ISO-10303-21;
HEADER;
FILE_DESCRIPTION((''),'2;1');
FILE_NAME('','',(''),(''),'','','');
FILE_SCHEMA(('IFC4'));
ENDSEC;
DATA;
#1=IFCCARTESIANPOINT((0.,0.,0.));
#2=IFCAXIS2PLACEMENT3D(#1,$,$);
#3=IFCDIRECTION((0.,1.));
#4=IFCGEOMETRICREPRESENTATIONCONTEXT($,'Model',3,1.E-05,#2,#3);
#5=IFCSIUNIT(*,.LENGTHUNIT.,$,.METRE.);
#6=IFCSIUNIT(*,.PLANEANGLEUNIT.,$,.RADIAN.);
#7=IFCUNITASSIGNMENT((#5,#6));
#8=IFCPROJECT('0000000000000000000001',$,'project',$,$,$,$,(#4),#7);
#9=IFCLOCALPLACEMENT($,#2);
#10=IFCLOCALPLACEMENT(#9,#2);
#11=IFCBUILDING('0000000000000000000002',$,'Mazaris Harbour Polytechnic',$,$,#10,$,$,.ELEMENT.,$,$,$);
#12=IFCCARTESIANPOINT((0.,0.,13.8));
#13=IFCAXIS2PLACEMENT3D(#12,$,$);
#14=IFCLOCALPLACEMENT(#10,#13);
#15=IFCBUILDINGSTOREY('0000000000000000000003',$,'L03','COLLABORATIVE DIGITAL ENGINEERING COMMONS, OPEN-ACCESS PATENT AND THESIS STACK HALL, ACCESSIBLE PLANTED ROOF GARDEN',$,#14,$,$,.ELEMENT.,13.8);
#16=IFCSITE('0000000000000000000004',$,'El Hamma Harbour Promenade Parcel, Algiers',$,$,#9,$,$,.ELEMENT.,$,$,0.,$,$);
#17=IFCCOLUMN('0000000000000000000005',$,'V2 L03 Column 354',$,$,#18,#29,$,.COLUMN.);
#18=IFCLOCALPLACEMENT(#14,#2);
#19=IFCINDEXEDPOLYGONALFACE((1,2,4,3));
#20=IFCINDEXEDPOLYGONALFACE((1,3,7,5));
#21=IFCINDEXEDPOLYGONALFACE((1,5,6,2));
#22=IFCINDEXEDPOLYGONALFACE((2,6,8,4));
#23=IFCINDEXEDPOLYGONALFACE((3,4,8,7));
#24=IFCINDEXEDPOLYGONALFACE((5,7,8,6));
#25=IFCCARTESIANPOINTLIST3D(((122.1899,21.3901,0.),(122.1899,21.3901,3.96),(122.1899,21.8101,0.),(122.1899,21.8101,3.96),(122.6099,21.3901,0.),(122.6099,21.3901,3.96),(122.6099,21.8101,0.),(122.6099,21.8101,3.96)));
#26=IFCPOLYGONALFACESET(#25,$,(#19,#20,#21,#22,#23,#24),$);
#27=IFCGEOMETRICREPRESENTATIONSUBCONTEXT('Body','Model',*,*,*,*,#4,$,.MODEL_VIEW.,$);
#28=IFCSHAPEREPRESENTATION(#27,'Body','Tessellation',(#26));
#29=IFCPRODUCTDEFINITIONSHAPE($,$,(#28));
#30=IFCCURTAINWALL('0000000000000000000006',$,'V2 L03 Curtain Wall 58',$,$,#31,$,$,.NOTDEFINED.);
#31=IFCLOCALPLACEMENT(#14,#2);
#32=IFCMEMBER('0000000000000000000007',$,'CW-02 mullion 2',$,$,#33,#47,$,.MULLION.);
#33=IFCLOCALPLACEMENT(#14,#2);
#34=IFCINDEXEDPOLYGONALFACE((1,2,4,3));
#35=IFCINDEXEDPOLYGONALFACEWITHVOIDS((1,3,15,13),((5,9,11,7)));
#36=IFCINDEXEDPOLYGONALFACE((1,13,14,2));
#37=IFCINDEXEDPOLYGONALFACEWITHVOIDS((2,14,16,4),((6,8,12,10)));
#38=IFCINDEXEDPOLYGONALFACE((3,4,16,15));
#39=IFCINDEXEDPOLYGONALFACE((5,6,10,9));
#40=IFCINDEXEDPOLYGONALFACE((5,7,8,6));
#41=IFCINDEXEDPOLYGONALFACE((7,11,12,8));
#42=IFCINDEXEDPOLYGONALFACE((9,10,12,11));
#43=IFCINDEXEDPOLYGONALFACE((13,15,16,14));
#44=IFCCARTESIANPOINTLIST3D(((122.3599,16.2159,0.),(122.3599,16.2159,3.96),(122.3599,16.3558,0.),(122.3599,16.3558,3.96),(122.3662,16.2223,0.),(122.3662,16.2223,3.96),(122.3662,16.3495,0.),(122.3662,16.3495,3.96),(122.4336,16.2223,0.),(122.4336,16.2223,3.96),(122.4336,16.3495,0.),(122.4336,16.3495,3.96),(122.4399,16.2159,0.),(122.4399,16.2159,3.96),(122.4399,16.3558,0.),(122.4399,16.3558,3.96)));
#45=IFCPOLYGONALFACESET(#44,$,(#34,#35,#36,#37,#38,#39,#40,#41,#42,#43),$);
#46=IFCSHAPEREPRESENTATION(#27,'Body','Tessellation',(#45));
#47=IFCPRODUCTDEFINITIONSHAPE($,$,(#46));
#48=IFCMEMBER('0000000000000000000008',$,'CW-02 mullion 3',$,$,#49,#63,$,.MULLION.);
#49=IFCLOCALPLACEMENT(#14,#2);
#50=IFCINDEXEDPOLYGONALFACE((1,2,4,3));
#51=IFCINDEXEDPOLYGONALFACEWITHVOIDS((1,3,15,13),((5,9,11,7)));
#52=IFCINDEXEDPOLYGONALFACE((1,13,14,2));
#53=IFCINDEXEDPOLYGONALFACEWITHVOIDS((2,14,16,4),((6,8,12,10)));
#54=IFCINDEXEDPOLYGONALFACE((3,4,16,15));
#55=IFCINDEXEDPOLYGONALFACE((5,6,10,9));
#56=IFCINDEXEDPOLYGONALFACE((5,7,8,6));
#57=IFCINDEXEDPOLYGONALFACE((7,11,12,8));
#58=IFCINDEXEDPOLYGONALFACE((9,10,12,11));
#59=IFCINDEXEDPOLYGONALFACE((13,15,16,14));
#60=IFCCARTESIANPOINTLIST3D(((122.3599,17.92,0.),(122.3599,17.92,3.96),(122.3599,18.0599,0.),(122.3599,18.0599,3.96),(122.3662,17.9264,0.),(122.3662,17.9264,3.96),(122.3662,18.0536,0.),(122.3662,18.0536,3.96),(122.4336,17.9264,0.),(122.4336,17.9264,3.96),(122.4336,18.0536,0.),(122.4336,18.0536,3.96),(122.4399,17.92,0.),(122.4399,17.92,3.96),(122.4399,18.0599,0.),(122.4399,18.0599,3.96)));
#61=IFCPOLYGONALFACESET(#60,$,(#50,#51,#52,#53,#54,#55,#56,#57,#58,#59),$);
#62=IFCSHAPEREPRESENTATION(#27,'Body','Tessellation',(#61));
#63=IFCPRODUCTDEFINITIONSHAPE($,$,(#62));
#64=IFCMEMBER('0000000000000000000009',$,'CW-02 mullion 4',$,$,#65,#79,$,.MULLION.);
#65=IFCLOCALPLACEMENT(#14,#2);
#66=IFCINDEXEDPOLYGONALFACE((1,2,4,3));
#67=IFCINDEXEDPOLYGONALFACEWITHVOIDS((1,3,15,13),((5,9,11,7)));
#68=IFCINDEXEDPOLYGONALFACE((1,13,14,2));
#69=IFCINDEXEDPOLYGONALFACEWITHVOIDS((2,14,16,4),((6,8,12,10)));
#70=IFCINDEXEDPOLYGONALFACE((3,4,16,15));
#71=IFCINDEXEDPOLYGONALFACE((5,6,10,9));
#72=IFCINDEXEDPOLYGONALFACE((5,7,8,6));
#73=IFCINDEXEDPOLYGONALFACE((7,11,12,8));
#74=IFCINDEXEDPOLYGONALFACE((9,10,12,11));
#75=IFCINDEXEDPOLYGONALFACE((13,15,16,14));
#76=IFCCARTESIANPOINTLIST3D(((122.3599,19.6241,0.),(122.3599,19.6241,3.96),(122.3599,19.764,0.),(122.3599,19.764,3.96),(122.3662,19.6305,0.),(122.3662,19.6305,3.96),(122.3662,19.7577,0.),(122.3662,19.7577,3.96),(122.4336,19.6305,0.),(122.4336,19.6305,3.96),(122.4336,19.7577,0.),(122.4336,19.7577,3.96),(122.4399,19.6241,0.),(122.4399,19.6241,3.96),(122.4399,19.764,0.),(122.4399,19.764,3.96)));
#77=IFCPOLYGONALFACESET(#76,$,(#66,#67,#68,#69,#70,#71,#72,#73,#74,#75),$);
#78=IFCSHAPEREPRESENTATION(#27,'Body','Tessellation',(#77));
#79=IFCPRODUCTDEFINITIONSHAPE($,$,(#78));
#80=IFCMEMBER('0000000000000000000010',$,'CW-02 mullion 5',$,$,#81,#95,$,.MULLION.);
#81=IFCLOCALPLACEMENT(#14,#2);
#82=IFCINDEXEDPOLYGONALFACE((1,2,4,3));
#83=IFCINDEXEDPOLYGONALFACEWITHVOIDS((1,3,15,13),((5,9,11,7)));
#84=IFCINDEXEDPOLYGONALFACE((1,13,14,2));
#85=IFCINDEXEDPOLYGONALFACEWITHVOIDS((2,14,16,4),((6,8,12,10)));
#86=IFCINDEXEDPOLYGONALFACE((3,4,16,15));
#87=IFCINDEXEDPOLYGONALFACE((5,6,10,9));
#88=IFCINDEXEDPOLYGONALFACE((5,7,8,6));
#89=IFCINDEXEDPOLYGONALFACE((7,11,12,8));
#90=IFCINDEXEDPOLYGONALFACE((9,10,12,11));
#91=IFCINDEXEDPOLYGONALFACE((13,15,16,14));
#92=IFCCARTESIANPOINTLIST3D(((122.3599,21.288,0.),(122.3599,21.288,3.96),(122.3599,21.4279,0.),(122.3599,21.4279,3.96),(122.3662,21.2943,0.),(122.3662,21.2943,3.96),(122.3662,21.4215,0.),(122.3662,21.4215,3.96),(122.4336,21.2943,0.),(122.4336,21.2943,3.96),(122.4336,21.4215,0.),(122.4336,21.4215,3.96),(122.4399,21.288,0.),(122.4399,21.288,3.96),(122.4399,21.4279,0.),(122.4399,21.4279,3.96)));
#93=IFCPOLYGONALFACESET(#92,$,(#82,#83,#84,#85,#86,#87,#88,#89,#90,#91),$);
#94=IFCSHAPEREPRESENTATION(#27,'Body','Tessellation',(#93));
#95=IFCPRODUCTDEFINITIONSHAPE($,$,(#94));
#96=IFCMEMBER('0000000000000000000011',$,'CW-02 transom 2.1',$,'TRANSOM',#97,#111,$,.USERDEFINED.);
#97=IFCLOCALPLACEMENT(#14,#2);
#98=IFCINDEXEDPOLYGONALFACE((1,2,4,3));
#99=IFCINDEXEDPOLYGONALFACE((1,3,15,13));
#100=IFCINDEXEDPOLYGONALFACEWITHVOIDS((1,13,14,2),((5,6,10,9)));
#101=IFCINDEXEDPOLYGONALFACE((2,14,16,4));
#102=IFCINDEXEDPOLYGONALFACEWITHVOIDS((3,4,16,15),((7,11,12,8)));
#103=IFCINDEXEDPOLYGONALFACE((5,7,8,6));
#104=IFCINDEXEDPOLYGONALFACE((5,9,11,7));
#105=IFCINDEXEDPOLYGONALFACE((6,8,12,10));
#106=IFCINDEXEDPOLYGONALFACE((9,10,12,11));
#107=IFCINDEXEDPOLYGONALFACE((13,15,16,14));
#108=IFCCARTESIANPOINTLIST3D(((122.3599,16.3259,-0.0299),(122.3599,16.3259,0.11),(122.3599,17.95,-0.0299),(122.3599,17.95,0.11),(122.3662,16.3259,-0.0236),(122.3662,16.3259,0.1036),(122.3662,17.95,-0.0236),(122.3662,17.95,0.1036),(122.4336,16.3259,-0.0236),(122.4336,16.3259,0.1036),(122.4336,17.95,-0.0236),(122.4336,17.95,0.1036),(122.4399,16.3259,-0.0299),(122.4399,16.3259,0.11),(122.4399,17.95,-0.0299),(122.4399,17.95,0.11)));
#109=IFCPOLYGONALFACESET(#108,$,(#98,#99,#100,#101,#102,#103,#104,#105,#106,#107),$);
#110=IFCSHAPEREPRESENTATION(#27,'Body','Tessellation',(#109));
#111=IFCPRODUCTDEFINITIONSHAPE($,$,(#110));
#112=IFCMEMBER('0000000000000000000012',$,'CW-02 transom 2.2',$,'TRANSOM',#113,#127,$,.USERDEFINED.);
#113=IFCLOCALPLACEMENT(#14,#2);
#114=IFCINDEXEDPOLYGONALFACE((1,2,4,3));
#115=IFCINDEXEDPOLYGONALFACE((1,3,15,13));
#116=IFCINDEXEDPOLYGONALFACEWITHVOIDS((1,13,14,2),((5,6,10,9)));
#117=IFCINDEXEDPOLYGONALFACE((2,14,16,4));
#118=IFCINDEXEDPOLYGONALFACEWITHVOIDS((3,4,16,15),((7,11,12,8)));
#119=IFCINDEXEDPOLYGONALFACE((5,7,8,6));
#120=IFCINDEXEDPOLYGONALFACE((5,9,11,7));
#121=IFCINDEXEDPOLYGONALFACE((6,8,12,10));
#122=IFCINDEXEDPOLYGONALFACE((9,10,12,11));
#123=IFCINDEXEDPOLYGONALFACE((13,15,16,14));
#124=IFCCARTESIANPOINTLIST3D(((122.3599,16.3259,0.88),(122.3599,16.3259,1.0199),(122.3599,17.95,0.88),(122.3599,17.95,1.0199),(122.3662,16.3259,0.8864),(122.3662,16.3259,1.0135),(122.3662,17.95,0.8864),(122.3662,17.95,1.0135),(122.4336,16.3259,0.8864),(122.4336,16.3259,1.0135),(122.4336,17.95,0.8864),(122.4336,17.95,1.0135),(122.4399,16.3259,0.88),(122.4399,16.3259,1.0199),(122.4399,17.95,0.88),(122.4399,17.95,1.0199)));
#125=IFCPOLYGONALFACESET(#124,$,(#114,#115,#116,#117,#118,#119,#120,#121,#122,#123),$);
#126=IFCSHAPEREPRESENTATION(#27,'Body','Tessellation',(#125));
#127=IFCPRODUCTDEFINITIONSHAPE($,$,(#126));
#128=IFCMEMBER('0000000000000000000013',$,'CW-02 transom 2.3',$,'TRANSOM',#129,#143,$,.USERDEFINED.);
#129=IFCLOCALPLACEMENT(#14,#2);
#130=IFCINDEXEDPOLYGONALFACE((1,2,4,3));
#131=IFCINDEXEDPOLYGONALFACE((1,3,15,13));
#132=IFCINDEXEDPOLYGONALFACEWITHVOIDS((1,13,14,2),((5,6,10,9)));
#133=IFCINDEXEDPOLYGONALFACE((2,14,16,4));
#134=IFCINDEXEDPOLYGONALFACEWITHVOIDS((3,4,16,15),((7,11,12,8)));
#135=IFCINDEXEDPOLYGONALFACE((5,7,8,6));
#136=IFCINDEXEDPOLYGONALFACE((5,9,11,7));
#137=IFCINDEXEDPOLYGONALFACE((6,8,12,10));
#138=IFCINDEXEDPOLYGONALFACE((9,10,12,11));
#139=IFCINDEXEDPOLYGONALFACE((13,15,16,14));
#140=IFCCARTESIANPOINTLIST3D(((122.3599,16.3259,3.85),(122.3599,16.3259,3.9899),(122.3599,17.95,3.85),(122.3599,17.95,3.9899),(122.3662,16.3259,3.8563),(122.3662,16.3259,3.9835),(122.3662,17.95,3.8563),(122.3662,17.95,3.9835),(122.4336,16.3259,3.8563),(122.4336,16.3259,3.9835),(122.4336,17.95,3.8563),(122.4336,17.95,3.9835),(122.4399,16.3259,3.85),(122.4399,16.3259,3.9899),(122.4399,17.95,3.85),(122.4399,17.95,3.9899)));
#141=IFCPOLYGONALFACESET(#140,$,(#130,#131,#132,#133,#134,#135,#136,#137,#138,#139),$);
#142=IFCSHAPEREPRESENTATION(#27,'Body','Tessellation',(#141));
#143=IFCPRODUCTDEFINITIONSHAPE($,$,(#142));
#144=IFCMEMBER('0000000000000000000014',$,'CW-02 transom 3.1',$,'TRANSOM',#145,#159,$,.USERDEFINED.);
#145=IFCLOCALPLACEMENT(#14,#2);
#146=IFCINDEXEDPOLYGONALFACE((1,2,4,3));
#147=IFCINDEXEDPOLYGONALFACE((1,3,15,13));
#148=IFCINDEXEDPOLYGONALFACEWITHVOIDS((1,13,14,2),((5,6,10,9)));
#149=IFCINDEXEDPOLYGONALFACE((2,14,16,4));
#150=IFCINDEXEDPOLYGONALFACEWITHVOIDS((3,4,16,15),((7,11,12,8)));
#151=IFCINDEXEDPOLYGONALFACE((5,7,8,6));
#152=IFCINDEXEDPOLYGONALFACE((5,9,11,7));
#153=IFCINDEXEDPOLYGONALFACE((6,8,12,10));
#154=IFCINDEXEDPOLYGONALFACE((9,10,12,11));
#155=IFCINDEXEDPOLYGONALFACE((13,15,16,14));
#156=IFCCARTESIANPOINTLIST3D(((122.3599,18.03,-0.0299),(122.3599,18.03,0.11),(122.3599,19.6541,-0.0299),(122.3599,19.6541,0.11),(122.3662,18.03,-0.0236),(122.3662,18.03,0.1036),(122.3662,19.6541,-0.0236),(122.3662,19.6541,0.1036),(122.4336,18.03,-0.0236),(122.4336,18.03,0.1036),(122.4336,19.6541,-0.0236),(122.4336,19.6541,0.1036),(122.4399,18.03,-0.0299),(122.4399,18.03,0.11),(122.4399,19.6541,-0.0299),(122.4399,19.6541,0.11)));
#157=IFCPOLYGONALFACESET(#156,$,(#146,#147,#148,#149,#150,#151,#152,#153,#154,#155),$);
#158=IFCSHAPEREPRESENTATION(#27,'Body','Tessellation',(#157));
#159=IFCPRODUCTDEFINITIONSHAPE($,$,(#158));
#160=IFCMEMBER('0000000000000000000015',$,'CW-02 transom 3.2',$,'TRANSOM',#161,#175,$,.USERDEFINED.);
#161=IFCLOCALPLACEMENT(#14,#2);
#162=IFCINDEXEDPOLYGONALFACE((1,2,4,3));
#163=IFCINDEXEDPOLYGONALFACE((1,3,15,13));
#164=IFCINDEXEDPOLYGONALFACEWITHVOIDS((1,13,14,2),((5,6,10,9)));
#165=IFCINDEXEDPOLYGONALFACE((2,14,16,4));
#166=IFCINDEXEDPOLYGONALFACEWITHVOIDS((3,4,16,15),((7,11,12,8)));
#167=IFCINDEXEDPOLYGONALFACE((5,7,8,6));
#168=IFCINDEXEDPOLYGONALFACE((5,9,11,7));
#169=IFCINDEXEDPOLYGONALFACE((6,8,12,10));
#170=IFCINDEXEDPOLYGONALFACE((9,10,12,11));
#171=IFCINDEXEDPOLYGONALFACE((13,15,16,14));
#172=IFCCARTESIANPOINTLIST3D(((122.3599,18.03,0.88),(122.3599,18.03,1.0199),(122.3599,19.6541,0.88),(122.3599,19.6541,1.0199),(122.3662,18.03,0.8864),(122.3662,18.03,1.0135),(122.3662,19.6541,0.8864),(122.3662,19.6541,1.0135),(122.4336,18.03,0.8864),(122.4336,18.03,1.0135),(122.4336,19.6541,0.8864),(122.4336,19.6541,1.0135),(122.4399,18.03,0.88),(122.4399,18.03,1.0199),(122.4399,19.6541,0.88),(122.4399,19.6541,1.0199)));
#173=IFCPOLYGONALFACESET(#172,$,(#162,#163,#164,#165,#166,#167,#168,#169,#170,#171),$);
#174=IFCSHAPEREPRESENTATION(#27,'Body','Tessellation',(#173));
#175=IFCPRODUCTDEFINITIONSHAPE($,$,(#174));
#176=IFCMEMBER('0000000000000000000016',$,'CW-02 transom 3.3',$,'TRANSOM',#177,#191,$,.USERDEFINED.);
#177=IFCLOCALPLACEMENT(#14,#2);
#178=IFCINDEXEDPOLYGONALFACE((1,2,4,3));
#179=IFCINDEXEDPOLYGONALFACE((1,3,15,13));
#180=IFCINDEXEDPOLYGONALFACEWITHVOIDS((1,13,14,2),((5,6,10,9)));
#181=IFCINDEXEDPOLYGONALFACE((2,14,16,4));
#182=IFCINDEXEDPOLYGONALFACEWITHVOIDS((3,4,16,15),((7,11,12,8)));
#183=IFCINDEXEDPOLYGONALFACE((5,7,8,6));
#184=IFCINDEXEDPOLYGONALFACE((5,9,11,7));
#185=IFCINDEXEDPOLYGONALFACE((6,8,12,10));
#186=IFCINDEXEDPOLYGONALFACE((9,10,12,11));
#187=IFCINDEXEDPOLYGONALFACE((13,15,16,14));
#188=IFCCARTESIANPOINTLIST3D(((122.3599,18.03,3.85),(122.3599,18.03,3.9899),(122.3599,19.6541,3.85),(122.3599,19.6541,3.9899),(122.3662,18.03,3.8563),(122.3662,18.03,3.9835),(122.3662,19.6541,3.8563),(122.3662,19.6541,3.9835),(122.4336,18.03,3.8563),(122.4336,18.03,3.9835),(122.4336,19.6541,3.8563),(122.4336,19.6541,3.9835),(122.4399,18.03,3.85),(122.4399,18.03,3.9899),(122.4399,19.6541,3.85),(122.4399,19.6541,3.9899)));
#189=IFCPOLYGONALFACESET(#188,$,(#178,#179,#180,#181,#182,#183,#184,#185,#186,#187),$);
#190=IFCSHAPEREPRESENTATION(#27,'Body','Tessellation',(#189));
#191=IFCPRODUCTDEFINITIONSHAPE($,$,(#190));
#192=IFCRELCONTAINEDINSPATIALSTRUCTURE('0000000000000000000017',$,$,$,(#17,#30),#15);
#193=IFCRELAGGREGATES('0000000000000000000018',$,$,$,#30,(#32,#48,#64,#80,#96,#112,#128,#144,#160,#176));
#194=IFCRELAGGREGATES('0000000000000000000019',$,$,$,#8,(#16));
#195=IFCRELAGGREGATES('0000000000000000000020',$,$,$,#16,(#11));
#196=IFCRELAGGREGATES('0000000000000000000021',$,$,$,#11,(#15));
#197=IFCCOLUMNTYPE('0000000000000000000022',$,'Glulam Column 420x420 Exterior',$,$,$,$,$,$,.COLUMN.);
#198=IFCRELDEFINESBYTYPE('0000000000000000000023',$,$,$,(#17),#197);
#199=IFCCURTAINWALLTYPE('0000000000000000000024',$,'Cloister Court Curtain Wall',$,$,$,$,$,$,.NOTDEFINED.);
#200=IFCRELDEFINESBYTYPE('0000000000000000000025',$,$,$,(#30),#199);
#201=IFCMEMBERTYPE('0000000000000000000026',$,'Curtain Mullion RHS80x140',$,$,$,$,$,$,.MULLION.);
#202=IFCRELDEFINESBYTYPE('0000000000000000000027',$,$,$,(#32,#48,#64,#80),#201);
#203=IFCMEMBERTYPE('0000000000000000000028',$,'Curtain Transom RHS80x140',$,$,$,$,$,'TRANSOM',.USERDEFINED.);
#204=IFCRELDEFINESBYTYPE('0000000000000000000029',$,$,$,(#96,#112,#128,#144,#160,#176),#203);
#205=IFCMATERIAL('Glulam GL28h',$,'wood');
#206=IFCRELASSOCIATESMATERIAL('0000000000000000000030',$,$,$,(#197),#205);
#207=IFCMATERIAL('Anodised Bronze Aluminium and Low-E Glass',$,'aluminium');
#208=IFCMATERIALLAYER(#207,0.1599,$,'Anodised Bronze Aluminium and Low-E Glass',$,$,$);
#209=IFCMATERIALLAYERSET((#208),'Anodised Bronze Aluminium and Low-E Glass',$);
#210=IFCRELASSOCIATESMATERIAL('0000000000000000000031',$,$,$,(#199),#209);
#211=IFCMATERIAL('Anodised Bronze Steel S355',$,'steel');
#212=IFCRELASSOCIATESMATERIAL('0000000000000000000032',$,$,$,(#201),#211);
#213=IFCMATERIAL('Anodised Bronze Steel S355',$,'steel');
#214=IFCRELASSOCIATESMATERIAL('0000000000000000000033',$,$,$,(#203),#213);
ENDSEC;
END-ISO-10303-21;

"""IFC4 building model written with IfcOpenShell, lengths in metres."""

from ifc_helpers import new_model, si_unit, direction, frame, origin, origin_2d, place, context, subcontext, project, spatial, rectangle, hollow_rectangle, extrude, material, layer, layer_set, material_profile, profile_set, type_object, element, aggregate, save


model = new_model("IFC4")

# Units and contexts
model_context = context("Model", 3, precision=1e-05, world=origin(), true_north=direction((0.0, 1.0)))
body_context = subcontext(model_context, "Body", "Model", "MODEL_VIEW")
ifc_project = project(units=[si_unit("LENGTHUNIT", "METRE"), si_unit("PLANEANGLEUNIT", "RADIAN")], contexts=[model_context])

# Site, building, storey
site_placement = place(None, origin())
site = spatial("IfcSite", under=ifc_project, at=site_placement, Name="El Hamma Harbour Promenade Parcel, Algiers", CompositionType="ELEMENT", RefElevation=0.0)
building_placement = place(site_placement, origin())
building = spatial("IfcBuilding", under=site, at=building_placement, Name="Mazaris Harbour Polytechnic", CompositionType="ELEMENT")
storey_placement = place(building_placement, frame((0.0, 0.0, 13.8)))
storey = spatial("IfcBuildingStorey", under=building, at=storey_placement, Name="L03", Description="COLLABORATIVE DIGITAL ENGINEERING COMMONS, OPEN-ACCESS PATENT AND THESIS STACK HALL, ACCESSIBLE PLANTED ROOF GARDEN", CompositionType="ELEMENT", Elevation=13.8)

# Column
ifc_material_1 = material(Name="Glulam GL28h", Category="wood")
ifc_material_profile_1 = material_profile(ifc_material_1, rectangle(XDim=0.4199, YDim=0.4199, at=origin_2d()), Name="RECT420x420")
ifc_profile_set_1 = profile_set([ifc_material_profile_1], Name="Glulam GL28h")
column_type = type_object("IfcColumnType", Name="Glulam Column 420x420 Exterior", PredefinedType="COLUMN", material=ifc_profile_set_1)
column_placement = place(storey_placement, frame((122.3999, 21.6001, 0.0), z_axis=(0.0, 0.0, 1.0), x_axis=(1.0, 0.0, 0.0)))
element("IfcColumn", 1, at=column_placement, inside=storey, type_object=column_type, Name="V2 L03 Column 354", PredefinedType="COLUMN", context=body_context, shape_type="SweptSolid", body=[
    extrude(rectangle(XDim=0.4199, YDim=0.4199, at=origin_2d()), origin(), (0.0, 0.0, 1.0), 3.96),
])

# Curtain wall, members
ifc_material_2 = material(Name="Anodised Bronze Aluminium and Low-E Glass", Category="aluminium")
ifc_layer_1 = layer(ifc_material_2, 0.1599, Name="Anodised Bronze Aluminium and Low-E Glass")
ifc_layer_set_1 = layer_set([ifc_layer_1], Name="Anodised Bronze Aluminium and Low-E Glass")
curtain_wall_type = type_object("IfcCurtainWallType", Name="Cloister Court Curtain Wall", PredefinedType="NOTDEFINED", material=ifc_layer_set_1)
curtain_wall_placement = place(storey_placement, origin())
curtain_wall = element("IfcCurtainWall", 2, at=curtain_wall_placement, inside=storey, type_object=curtain_wall_type, Name="V2 L03 Curtain Wall 58", PredefinedType="NOTDEFINED")
ifc_material_3 = material(Name="Anodised Bronze Steel S355", Category="steel")
ifc_material_profile_2 = material_profile(ifc_material_3, hollow_rectangle(XDim=0.0801, YDim=0.1399, WallThickness=0.0063, at=origin_2d()), Name="RHS 80x140x6.3")
ifc_profile_set_2 = profile_set([ifc_material_profile_2], Name="Anodised Bronze Steel S355")
member_type_1 = type_object("IfcMemberType", Name="Curtain Mullion RHS80x140", PredefinedType="MULLION", material=ifc_profile_set_2)
member_1_placement = place(storey_placement, frame((122.3999, 16.2859, 0.0), z_axis=(0.0, 0.0, 1.0), x_axis=(-1.0, 0.0, 0.0)))
member_1 = element("IfcMember", 3, at=member_1_placement, type_object=member_type_1, Name="CW-02 mullion 2", PredefinedType="MULLION", context=body_context, shape_type="SweptSolid", body=[
    extrude(hollow_rectangle(XDim=0.0801, YDim=0.1399, WallThickness=0.0063, at=origin_2d()), origin(), (0.0, 0.0, 1.0), 3.96),
])
member_2_placement = place(storey_placement, frame((122.3999, 17.99, 0.0), z_axis=(0.0, 0.0, 1.0), x_axis=(-1.0, 0.0, 0.0)))
member_2 = element("IfcMember", 4, at=member_2_placement, type_object=member_type_1, Name="CW-02 mullion 3", PredefinedType="MULLION", context=body_context, shape_type="SweptSolid", body=[
    extrude(hollow_rectangle(XDim=0.0801, YDim=0.1399, WallThickness=0.0063, at=origin_2d()), origin(), (0.0, 0.0, 1.0), 3.96),
])
member_3_placement = place(storey_placement, frame((122.3999, 19.6941, 0.0), z_axis=(0.0, 0.0, 1.0), x_axis=(-1.0, 0.0, 0.0)))
member_3 = element("IfcMember", 5, at=member_3_placement, type_object=member_type_1, Name="CW-02 mullion 4", PredefinedType="MULLION", context=body_context, shape_type="SweptSolid", body=[
    extrude(hollow_rectangle(XDim=0.0801, YDim=0.1399, WallThickness=0.0063, at=origin_2d()), origin(), (0.0, 0.0, 1.0), 3.96),
])
member_4_placement = place(storey_placement, frame((122.3999, 21.3579, 0.0), z_axis=(0.0, 0.0, 1.0), x_axis=(-1.0, 0.0, 0.0)))
member_4 = element("IfcMember", 6, at=member_4_placement, type_object=member_type_1, Name="CW-02 mullion 5", PredefinedType="MULLION", context=body_context, shape_type="SweptSolid", body=[
    extrude(hollow_rectangle(XDim=0.0801, YDim=0.1399, WallThickness=0.0063, at=origin_2d()), origin(), (0.0, 0.0, 1.0), 3.96),
])
ifc_material_4 = material(Name="Anodised Bronze Steel S355", Category="steel")
ifc_material_profile_3 = material_profile(ifc_material_4, hollow_rectangle(XDim=0.0801, YDim=0.1399, WallThickness=0.0063, at=origin_2d()), Name="RHS 80x140x6.3")
ifc_profile_set_3 = profile_set([ifc_material_profile_3], Name="Anodised Bronze Steel S355")
member_type_2 = type_object("IfcMemberType", Name="Curtain Transom RHS80x140", ElementType="TRANSOM", PredefinedType="USERDEFINED", material=ifc_profile_set_3)
member_5_placement = place(storey_placement, frame((122.3999, 16.3259, 0.04), z_axis=(0.0, 1.0, 0.0), x_axis=(-1.0, 0.0, 0.0)))
member_5 = element("IfcMember", 7, at=member_5_placement, type_object=member_type_2, Name="CW-02 transom 2.1", ObjectType="TRANSOM", PredefinedType="USERDEFINED", context=body_context, shape_type="SweptSolid", body=[
    extrude(hollow_rectangle(XDim=0.0801, YDim=0.1399, WallThickness=0.0063, at=origin_2d()), origin(), (0.0, 0.0, 1.0), 1.624),
])
member_6_placement = place(storey_placement, frame((122.3999, 16.3259, 0.95), z_axis=(0.0, 1.0, 0.0), x_axis=(-1.0, 0.0, 0.0)))
member_6 = element("IfcMember", 8, at=member_6_placement, type_object=member_type_2, Name="CW-02 transom 2.2", ObjectType="TRANSOM", PredefinedType="USERDEFINED", context=body_context, shape_type="SweptSolid", body=[
    extrude(hollow_rectangle(XDim=0.0801, YDim=0.1399, WallThickness=0.0063, at=origin_2d()), origin(), (0.0, 0.0, 1.0), 1.624),
])
member_7_placement = place(storey_placement, frame((122.3999, 16.3259, 3.9199), z_axis=(0.0, 1.0, 0.0), x_axis=(-1.0, 0.0, 0.0)))
member_7 = element("IfcMember", 9, at=member_7_placement, type_object=member_type_2, Name="CW-02 transom 2.3", ObjectType="TRANSOM", PredefinedType="USERDEFINED", context=body_context, shape_type="SweptSolid", body=[
    extrude(hollow_rectangle(XDim=0.0801, YDim=0.1399, WallThickness=0.0063, at=origin_2d()), origin(), (0.0, 0.0, 1.0), 1.624),
])
member_8_placement = place(storey_placement, frame((122.3999, 18.03, 0.04), z_axis=(0.0, 1.0, 0.0), x_axis=(-1.0, 0.0, 0.0)))
member_8 = element("IfcMember", 10, at=member_8_placement, type_object=member_type_2, Name="CW-02 transom 3.1", ObjectType="TRANSOM", PredefinedType="USERDEFINED", context=body_context, shape_type="SweptSolid", body=[
    extrude(hollow_rectangle(XDim=0.0801, YDim=0.1399, WallThickness=0.0063, at=origin_2d()), origin(), (0.0, 0.0, 1.0), 1.624),
])
member_9_placement = place(storey_placement, frame((122.3999, 18.03, 0.95), z_axis=(0.0, 1.0, 0.0), x_axis=(-1.0, 0.0, 0.0)))
member_9 = element("IfcMember", 11, at=member_9_placement, type_object=member_type_2, Name="CW-02 transom 3.2", ObjectType="TRANSOM", PredefinedType="USERDEFINED", context=body_context, shape_type="SweptSolid", body=[
    extrude(hollow_rectangle(XDim=0.0801, YDim=0.1399, WallThickness=0.0063, at=origin_2d()), origin(), (0.0, 0.0, 1.0), 1.624),
])
member_10_placement = place(storey_placement, frame((122.3999, 18.03, 3.9199), z_axis=(0.0, 1.0, 0.0), x_axis=(-1.0, 0.0, 0.0)))
member_10 = element("IfcMember", 12, at=member_10_placement, type_object=member_type_2, Name="CW-02 transom 3.3", ObjectType="TRANSOM", PredefinedType="USERDEFINED", context=body_context, shape_type="SweptSolid", body=[
    extrude(hollow_rectangle(XDim=0.0801, YDim=0.1399, WallThickness=0.0063, at=origin_2d()), origin(), (0.0, 0.0, 1.0), 1.624),
])

aggregate(curtain_wall, [member_1, member_2, member_3, member_4, member_5, member_6, member_7, member_8, member_9, member_10])

save(model, "model.ifc")
